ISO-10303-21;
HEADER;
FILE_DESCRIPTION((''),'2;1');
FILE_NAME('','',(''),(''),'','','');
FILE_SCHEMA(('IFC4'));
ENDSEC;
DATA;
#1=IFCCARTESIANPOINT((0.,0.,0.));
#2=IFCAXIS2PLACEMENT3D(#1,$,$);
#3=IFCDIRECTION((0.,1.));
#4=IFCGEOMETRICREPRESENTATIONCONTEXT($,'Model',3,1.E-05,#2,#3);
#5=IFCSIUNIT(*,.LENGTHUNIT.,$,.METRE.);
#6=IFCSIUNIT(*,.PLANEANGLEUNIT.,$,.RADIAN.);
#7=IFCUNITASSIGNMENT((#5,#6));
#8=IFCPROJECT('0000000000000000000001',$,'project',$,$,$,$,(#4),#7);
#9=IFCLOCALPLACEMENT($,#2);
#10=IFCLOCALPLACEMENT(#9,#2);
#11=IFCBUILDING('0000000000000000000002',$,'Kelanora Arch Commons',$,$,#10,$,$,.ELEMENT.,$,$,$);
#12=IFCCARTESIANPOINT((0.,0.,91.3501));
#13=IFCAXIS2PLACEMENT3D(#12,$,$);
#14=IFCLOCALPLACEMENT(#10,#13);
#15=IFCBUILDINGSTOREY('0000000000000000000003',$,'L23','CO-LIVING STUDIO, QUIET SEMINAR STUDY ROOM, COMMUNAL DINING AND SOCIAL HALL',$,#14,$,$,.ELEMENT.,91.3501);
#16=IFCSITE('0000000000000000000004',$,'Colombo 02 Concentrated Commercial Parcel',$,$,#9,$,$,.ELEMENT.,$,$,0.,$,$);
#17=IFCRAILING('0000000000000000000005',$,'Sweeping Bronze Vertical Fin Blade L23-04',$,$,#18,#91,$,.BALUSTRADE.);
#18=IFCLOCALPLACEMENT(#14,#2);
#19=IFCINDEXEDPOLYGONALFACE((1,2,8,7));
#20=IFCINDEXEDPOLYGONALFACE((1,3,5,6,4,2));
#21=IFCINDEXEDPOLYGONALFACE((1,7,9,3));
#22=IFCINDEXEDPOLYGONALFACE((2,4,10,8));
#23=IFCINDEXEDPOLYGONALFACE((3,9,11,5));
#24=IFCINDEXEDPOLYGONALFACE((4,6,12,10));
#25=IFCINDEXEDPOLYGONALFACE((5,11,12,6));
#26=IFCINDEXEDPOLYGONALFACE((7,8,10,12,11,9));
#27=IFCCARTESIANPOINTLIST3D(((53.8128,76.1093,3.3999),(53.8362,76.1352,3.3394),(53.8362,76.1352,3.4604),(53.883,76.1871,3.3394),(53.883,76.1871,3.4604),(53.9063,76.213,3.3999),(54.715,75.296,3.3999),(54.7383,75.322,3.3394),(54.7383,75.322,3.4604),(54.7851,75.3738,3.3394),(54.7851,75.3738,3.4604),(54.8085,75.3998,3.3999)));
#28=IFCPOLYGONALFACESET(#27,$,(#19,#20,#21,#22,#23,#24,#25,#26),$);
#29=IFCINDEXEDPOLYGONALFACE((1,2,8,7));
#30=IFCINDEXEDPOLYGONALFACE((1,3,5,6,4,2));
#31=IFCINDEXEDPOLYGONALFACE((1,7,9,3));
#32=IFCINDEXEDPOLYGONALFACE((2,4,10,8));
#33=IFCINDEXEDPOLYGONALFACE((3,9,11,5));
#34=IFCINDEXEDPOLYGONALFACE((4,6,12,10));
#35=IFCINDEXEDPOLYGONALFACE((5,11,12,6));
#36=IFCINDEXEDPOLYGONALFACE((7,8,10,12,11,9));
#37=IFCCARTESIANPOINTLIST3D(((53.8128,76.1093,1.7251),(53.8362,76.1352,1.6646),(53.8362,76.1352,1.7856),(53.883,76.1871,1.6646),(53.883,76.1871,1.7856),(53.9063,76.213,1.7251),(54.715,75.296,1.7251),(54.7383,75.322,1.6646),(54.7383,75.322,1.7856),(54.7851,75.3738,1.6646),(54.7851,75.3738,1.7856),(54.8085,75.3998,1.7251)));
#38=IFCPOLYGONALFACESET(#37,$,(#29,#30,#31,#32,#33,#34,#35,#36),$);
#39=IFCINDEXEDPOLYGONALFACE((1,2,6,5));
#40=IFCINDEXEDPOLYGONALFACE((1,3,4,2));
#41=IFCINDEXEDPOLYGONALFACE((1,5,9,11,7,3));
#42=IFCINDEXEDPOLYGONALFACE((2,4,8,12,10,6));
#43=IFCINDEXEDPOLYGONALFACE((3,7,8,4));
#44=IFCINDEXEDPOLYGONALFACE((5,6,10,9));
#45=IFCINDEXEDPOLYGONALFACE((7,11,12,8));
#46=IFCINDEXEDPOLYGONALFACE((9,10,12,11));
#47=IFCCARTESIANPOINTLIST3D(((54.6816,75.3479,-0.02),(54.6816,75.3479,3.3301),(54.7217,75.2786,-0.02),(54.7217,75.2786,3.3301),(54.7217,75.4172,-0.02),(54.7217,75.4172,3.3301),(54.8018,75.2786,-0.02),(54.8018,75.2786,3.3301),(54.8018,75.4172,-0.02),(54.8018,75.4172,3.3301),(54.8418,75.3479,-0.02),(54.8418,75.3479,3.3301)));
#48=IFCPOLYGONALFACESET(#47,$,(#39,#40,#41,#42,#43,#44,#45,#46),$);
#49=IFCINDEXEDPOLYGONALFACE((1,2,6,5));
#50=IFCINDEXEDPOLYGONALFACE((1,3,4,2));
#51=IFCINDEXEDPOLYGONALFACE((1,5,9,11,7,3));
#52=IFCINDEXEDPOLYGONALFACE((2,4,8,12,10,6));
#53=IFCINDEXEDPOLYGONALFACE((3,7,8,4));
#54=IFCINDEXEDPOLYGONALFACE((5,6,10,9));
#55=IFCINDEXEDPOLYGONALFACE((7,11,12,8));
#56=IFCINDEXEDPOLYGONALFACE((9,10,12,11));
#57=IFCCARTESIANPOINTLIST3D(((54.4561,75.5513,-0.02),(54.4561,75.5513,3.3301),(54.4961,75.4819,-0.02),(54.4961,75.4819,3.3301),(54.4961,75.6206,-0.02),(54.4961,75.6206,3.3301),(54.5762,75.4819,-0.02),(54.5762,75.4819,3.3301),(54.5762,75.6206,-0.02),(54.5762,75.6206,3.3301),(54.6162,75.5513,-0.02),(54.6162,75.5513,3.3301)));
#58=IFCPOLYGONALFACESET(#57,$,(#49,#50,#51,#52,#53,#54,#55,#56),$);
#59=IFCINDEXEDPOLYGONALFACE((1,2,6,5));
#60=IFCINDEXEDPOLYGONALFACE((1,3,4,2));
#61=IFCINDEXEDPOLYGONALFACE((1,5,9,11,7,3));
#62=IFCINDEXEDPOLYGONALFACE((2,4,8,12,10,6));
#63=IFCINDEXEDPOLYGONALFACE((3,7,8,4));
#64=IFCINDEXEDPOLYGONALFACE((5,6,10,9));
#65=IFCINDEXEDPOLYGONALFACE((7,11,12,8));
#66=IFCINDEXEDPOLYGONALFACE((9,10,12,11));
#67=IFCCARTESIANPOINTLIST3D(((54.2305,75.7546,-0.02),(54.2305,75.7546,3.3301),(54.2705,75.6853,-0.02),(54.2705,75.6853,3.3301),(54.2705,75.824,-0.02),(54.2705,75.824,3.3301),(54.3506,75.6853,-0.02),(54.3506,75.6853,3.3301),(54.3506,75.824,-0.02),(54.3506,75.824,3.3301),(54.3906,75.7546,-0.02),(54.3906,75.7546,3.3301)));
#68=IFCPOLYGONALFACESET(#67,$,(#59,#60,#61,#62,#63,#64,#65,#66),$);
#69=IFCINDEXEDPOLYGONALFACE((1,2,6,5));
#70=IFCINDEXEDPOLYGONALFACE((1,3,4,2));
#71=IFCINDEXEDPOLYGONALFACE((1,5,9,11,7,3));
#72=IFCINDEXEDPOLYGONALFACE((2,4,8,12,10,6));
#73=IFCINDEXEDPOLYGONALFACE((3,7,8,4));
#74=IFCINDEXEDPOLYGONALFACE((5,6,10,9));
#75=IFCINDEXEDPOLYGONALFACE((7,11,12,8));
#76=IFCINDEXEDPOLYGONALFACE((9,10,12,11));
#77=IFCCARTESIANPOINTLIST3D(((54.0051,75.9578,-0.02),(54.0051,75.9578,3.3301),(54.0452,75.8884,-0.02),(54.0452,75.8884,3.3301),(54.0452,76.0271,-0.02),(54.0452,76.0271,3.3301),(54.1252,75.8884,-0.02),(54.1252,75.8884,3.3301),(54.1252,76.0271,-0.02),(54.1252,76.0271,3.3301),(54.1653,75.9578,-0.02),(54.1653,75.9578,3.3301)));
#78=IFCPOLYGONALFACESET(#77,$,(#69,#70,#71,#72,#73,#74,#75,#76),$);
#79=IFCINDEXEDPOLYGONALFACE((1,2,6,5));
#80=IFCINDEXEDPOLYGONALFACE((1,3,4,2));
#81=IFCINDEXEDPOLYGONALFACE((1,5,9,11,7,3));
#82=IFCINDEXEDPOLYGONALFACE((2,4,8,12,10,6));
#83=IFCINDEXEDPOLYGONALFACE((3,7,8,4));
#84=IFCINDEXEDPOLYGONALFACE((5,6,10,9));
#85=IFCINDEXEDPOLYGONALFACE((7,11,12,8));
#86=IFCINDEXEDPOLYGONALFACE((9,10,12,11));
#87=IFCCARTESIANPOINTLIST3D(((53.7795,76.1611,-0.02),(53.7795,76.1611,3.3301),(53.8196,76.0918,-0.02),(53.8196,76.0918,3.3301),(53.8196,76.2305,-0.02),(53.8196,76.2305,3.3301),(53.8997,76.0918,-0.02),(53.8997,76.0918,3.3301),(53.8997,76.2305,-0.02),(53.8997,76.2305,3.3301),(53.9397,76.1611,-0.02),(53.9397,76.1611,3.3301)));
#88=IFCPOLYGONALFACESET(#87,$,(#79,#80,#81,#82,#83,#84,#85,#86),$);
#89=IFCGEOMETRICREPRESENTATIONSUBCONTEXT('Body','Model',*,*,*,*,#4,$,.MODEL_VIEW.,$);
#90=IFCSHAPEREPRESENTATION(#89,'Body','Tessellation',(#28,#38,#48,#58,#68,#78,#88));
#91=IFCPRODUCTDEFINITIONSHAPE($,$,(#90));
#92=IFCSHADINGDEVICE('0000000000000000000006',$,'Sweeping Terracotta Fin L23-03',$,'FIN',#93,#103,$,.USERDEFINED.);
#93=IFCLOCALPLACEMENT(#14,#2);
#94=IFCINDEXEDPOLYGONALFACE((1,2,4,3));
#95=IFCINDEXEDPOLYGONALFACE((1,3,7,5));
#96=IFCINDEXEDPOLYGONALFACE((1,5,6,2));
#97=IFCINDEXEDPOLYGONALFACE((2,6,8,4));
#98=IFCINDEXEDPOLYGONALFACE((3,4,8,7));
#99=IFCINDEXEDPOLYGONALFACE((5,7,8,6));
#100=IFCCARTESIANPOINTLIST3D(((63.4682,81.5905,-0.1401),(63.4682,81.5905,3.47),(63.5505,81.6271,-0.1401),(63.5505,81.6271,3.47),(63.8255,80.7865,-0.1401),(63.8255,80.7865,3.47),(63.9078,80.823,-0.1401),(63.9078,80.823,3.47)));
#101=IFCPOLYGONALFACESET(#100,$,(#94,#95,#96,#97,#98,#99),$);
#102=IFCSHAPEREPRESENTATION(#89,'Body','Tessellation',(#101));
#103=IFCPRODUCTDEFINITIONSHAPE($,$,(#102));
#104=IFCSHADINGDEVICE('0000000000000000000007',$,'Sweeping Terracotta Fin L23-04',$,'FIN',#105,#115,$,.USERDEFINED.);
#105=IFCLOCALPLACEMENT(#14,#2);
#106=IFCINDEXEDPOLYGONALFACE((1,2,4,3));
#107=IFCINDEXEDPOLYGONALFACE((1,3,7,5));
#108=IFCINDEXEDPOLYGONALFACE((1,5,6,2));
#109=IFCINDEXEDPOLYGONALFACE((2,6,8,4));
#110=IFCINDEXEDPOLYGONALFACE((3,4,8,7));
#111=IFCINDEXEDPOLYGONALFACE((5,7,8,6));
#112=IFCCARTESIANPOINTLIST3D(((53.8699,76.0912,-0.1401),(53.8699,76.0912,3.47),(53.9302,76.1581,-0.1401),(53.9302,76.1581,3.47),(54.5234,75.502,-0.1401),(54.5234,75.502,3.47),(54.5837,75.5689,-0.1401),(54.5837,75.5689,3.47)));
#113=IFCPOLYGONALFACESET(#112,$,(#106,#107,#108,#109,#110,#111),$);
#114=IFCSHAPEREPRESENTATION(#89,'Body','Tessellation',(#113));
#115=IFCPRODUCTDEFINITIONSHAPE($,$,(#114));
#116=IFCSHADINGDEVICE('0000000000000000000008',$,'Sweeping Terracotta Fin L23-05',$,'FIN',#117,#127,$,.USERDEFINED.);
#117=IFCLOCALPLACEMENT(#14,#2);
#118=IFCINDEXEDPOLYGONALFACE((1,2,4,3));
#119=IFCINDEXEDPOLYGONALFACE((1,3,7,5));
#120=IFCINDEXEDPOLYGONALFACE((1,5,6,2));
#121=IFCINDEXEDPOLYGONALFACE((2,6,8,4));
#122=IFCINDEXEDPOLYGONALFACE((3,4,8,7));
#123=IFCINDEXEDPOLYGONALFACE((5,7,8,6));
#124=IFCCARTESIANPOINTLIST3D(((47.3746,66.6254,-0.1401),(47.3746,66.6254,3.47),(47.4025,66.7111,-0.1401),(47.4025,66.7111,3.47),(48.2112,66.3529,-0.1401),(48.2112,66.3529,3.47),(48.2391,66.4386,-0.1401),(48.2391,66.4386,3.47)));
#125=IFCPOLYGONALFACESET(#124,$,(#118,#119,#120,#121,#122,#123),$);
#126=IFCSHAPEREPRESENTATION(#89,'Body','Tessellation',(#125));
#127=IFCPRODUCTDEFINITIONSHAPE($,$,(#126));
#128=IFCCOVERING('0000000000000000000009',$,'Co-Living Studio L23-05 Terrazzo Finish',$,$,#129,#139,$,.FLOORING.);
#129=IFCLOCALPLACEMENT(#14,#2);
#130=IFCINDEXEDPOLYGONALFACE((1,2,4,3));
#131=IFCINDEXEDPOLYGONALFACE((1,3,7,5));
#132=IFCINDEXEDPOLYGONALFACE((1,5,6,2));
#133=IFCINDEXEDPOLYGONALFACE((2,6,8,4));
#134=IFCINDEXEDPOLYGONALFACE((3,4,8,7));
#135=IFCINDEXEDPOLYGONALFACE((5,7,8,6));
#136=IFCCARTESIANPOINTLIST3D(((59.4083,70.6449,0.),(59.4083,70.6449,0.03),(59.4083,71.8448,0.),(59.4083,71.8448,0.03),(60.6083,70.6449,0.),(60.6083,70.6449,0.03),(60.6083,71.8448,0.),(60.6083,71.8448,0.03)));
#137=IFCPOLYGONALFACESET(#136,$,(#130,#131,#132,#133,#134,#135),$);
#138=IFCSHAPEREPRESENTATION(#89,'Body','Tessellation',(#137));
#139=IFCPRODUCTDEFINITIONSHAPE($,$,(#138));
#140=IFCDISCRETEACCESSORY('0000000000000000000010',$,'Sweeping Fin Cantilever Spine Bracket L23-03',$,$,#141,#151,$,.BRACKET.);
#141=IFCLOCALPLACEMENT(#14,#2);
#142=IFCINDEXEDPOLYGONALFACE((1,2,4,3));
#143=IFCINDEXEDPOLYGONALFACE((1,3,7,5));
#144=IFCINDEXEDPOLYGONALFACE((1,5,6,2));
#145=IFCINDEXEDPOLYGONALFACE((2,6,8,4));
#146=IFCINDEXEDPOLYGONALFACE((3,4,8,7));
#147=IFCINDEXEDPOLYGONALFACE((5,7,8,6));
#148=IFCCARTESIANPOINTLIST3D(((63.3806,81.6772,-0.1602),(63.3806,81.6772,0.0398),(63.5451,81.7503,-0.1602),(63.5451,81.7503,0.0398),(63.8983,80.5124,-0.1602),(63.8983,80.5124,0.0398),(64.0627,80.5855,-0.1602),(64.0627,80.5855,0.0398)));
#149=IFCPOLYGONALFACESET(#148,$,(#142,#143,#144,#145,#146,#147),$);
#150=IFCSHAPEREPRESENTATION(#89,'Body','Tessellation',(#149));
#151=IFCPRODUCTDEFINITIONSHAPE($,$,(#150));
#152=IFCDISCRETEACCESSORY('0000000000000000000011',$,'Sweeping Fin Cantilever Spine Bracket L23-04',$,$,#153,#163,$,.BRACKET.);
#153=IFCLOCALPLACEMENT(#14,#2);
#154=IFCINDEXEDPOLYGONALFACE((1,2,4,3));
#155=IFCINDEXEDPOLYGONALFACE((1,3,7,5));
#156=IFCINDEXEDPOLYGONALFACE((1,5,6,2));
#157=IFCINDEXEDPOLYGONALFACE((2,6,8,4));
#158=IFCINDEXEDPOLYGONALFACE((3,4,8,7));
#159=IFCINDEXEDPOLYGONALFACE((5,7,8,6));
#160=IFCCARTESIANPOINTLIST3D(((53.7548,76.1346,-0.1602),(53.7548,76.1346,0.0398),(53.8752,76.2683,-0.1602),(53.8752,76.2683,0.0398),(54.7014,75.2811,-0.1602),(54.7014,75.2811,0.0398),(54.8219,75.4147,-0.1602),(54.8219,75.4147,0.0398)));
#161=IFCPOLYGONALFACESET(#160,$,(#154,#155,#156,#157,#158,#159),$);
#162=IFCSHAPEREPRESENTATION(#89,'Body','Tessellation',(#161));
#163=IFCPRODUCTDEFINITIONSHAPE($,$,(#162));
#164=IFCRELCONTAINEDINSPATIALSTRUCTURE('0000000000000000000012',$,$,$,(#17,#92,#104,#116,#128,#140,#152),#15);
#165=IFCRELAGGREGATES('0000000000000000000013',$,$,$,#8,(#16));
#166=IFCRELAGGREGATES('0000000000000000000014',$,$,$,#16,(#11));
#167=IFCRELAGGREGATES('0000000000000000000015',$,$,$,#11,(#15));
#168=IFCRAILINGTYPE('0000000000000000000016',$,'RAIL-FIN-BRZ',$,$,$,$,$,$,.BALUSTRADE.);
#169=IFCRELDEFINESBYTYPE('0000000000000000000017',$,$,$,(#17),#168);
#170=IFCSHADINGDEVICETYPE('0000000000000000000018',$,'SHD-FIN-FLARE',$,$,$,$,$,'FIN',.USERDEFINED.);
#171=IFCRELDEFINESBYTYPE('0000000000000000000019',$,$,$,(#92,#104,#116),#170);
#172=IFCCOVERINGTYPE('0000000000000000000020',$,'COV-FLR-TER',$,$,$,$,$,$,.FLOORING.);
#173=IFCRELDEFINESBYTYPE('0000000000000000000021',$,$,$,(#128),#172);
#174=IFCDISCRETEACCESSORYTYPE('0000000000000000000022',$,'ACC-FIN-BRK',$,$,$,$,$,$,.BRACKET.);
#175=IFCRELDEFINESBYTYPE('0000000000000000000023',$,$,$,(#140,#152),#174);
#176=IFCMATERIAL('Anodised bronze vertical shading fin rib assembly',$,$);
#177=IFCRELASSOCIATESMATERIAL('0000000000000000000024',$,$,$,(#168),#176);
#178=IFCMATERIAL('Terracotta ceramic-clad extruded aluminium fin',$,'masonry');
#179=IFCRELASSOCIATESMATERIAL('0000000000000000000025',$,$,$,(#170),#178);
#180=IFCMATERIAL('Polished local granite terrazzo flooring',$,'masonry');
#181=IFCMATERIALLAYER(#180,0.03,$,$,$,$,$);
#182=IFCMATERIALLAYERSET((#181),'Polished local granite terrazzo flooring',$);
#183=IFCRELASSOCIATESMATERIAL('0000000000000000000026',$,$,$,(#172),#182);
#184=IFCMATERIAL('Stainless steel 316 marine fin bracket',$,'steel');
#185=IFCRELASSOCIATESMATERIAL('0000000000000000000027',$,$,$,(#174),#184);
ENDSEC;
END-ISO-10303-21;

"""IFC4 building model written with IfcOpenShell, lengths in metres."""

from ifc_helpers import new_model, si_unit, direction, frame, origin, origin_2d, place, context, subcontext, project, spatial, polyline, rectangle, outline, extrude, source, transform, mapped, material, layer, layer_set, type_object, element, save


model = new_model("IFC4")

# Units and contexts
model_context = context("Model", 3, precision=1e-05, world=origin(), true_north=direction((0.0, 1.0)))
body_context = subcontext(model_context, "Body", "Model", "MODEL_VIEW")
ifc_project = project(units=[si_unit("LENGTHUNIT", "METRE"), si_unit("PLANEANGLEUNIT", "RADIAN")], contexts=[model_context])

# Site, building, storey
site_placement = place(None, origin())
site = spatial("IfcSite", under=ifc_project, at=site_placement, Name="Colombo 02 Concentrated Commercial Parcel", CompositionType="ELEMENT", RefElevation=0.0)
building_placement = place(site_placement, origin())
building = spatial("IfcBuilding", under=site, at=building_placement, Name="Kelanora Arch Commons", CompositionType="ELEMENT")
storey_placement = place(building_placement, frame((0.0, 0.0, 91.3501)))
storey = spatial("IfcBuildingStorey", under=building, at=storey_placement, Name="L23", Description="CO-LIVING STUDIO, QUIET SEMINAR STUDY ROOM, COMMUNAL DINING AND SOCIAL HALL", CompositionType="ELEMENT", Elevation=91.3501)

# Railing
ifc_material_1 = material(Name="Anodised bronze vertical shading fin rib assembly")
railing_type = type_object("IfcRailingType", Name="RAIL-FIN-BRZ", PredefinedType="BALUSTRADE", material=ifc_material_1)
railing_placement = place(storey_placement, frame((54.7617, 75.3479, -0.02)))
element("IfcRailing", 1, at=railing_placement, inside=storey, type_object=railing_type, Name="Sweeping Bronze Vertical Fin Blade L23-04", PredefinedType="BALUSTRADE", context=body_context, shape_type="SweptSolid", body=[
    extrude(outline(polyline([(0.0698, 0.0), (0.0349, 0.0605), (-0.0349, 0.0605), (-0.0698, 0.0), (-0.0349, -0.0605), (0.0349, -0.0605), (0.0698, 0.0)])), frame((0.0, 0.0, 3.4199), z_axis=(-0.742744, 0.669575, 0.0), x_axis=(-0.669575, -0.742744, 0.0)), (0.0, 0.0, 1.0), 1.2146),
    extrude(outline(polyline([(0.0698, 0.0), (0.0349, 0.0605), (-0.0349, 0.0605), (-0.0698, 0.0), (-0.0349, -0.0605), (0.0349, -0.0605), (0.0698, 0.0)])), frame((0.0, 0.0, 1.7451), z_axis=(-0.742744, 0.669575, 0.0), x_axis=(-0.669575, -0.742744, 0.0)), (0.0, 0.0, 1.0), 1.2146),
    extrude(outline(polyline([(0.0801, 0.0), (0.04, 0.0693), (-0.04, 0.0693), (-0.0801, 0.0), (-0.04, -0.0693), (0.04, -0.0693), (0.0801, 0.0)])), origin(), (0.0, 0.0, 1.0), 3.3501),
    extrude(outline(polyline([(0.0801, 0.0), (0.04, 0.0693), (-0.04, 0.0693), (-0.0801, 0.0), (-0.04, -0.0693), (0.04, -0.0693), (0.0801, 0.0)])), frame((-0.2256, 0.2034, 0.0)), (0.0, 0.0, 1.0), 3.3501),
    extrude(outline(polyline([(0.0801, 0.0), (0.04, 0.0693), (-0.04, 0.0693), (-0.0801, 0.0), (-0.04, -0.0693), (0.04, -0.0693), (0.0801, 0.0)])), frame((-0.4512, 0.4067, 0.0)), (0.0, 0.0, 1.0), 3.3501),
    extrude(outline(polyline([(0.0801, 0.0), (0.04, 0.0693), (-0.04, 0.0693), (-0.0801, 0.0), (-0.04, -0.0693), (0.04, -0.0693), (0.0801, 0.0)])), frame((-0.6765, 0.6099, 0.0)), (0.0, 0.0, 1.0), 3.3501),
    extrude(outline(polyline([(0.0801, 0.0), (0.04, 0.0693), (-0.04, 0.0693), (-0.0801, 0.0), (-0.04, -0.0693), (0.04, -0.0693), (0.0801, 0.0)])), frame((-0.9021, 0.8132, 0.0)), (0.0, 0.0, 1.0), 3.3501),
])

# Shading devices
ifc_material_2 = material(Name="Terracotta ceramic-clad extruded aluminium fin", Category="masonry")
shading_device_type = type_object("IfcShadingDeviceType", Name="SHD-FIN-FLARE", ElementType="FIN", PredefinedType="USERDEFINED", material=ifc_material_2)
shared_shape_1 = source(origin(), body_context, "Body", "SweptSolid", [
    extrude(rectangle(XDim=0.8799, YDim=0.0901, at=origin_2d()), origin(), (0.0, 0.0, 1.0), 3.6101),
])
for number, where, z_axis, x_axis, name in (
    (2, (63.688, 81.2068, -0.1401), (0.0, 0.0, 1.0), (-0.406099, 0.913829, 0.0), "Sweeping Terracotta Fin L23-03"),
    (3, (54.2268, 75.8301, -0.1401), (0.0, 0.0, 1.0), (-0.742678, 0.669649, 0.0), "Sweeping Terracotta Fin L23-04"),
    (4, (47.8069, 66.532, -0.1401), (0.0, 0.0, 1.0), (-0.950841, 0.309681, 0.0), "Sweeping Terracotta Fin L23-05"),
):
    element("IfcShadingDevice", number, at=place(storey_placement, frame(where, z_axis=z_axis, x_axis=x_axis)), inside=storey, type_object=shading_device_type, Name=name, ObjectType="FIN", PredefinedType="USERDEFINED", context=body_context, shape_type="MappedRepresentation", body=[
        mapped(shared_shape_1, transform((0.0, 0.0, 0.0), scale=1.0)),
    ])

# Covering
ifc_material_3 = material(Name="Polished local granite terrazzo flooring", Category="masonry")
ifc_layer_1 = layer(ifc_material_3, 0.03)
ifc_layer_set_1 = layer_set([ifc_layer_1], Name="Polished local granite terrazzo flooring")
covering_type = type_object("IfcCoveringType", Name="COV-FLR-TER", PredefinedType="FLOORING", material=ifc_layer_set_1)
shared_shape_2 = source(origin(), body_context, "Body", "SweptSolid", [
    extrude(rectangle(XDim=1.2, YDim=1.2, at=origin_2d()), origin(), (0.0, 0.0, 1.0), 0.03),
])
covering_placement = place(storey_placement, frame((60.0083, 71.2449, 0.0), z_axis=(0.0, 0.0, 1.0), x_axis=(1.0, 0.0, 0.0)))
element("IfcCovering", 5, at=covering_placement, inside=storey, type_object=covering_type, Name="Co-Living Studio L23-05 Terrazzo Finish", PredefinedType="FLOORING", context=body_context, shape_type="MappedRepresentation", body=[
    mapped(shared_shape_2, transform((0.0, 0.0, 0.0), scale=1.0)),
])

# Discrete accessories
ifc_material_4 = material(Name="Stainless steel 316 marine fin bracket", Category="steel")
discrete_accessory_type = type_object("IfcDiscreteAccessoryType", Name="ACC-FIN-BRK", PredefinedType="BRACKET", material=ifc_material_4)
shared_shape_3 = source(origin(), body_context, "Body", "SweptSolid", [
    extrude(rectangle(XDim=1.2747, YDim=0.1799, at=origin_2d()), origin(), (0.0, 0.0, 1.0), 0.2),
])
for number, where, z_axis, x_axis, name in (
    (6, (63.7217, 81.1313, -0.1602), (0.0, 0.0, 1.0), (-0.406099, 0.913829, 0.0), "Sweeping Fin Cantilever Spine Bracket L23-03"),
    (7, (54.2883, 75.7747, -0.1602), (0.0, 0.0, 1.0), (-0.742678, 0.669649, 0.0), "Sweeping Fin Cantilever Spine Bracket L23-04"),
):
    element("IfcDiscreteAccessory", number, at=place(storey_placement, frame(where, z_axis=z_axis, x_axis=x_axis)), inside=storey, type_object=discrete_accessory_type, Name=name, PredefinedType="BRACKET", context=body_context, shape_type="MappedRepresentation", body=[
        mapped(shared_shape_3, transform((0.0, 0.0, 0.0), scale=1.0)),
    ])

save(model, "model.ifc")
